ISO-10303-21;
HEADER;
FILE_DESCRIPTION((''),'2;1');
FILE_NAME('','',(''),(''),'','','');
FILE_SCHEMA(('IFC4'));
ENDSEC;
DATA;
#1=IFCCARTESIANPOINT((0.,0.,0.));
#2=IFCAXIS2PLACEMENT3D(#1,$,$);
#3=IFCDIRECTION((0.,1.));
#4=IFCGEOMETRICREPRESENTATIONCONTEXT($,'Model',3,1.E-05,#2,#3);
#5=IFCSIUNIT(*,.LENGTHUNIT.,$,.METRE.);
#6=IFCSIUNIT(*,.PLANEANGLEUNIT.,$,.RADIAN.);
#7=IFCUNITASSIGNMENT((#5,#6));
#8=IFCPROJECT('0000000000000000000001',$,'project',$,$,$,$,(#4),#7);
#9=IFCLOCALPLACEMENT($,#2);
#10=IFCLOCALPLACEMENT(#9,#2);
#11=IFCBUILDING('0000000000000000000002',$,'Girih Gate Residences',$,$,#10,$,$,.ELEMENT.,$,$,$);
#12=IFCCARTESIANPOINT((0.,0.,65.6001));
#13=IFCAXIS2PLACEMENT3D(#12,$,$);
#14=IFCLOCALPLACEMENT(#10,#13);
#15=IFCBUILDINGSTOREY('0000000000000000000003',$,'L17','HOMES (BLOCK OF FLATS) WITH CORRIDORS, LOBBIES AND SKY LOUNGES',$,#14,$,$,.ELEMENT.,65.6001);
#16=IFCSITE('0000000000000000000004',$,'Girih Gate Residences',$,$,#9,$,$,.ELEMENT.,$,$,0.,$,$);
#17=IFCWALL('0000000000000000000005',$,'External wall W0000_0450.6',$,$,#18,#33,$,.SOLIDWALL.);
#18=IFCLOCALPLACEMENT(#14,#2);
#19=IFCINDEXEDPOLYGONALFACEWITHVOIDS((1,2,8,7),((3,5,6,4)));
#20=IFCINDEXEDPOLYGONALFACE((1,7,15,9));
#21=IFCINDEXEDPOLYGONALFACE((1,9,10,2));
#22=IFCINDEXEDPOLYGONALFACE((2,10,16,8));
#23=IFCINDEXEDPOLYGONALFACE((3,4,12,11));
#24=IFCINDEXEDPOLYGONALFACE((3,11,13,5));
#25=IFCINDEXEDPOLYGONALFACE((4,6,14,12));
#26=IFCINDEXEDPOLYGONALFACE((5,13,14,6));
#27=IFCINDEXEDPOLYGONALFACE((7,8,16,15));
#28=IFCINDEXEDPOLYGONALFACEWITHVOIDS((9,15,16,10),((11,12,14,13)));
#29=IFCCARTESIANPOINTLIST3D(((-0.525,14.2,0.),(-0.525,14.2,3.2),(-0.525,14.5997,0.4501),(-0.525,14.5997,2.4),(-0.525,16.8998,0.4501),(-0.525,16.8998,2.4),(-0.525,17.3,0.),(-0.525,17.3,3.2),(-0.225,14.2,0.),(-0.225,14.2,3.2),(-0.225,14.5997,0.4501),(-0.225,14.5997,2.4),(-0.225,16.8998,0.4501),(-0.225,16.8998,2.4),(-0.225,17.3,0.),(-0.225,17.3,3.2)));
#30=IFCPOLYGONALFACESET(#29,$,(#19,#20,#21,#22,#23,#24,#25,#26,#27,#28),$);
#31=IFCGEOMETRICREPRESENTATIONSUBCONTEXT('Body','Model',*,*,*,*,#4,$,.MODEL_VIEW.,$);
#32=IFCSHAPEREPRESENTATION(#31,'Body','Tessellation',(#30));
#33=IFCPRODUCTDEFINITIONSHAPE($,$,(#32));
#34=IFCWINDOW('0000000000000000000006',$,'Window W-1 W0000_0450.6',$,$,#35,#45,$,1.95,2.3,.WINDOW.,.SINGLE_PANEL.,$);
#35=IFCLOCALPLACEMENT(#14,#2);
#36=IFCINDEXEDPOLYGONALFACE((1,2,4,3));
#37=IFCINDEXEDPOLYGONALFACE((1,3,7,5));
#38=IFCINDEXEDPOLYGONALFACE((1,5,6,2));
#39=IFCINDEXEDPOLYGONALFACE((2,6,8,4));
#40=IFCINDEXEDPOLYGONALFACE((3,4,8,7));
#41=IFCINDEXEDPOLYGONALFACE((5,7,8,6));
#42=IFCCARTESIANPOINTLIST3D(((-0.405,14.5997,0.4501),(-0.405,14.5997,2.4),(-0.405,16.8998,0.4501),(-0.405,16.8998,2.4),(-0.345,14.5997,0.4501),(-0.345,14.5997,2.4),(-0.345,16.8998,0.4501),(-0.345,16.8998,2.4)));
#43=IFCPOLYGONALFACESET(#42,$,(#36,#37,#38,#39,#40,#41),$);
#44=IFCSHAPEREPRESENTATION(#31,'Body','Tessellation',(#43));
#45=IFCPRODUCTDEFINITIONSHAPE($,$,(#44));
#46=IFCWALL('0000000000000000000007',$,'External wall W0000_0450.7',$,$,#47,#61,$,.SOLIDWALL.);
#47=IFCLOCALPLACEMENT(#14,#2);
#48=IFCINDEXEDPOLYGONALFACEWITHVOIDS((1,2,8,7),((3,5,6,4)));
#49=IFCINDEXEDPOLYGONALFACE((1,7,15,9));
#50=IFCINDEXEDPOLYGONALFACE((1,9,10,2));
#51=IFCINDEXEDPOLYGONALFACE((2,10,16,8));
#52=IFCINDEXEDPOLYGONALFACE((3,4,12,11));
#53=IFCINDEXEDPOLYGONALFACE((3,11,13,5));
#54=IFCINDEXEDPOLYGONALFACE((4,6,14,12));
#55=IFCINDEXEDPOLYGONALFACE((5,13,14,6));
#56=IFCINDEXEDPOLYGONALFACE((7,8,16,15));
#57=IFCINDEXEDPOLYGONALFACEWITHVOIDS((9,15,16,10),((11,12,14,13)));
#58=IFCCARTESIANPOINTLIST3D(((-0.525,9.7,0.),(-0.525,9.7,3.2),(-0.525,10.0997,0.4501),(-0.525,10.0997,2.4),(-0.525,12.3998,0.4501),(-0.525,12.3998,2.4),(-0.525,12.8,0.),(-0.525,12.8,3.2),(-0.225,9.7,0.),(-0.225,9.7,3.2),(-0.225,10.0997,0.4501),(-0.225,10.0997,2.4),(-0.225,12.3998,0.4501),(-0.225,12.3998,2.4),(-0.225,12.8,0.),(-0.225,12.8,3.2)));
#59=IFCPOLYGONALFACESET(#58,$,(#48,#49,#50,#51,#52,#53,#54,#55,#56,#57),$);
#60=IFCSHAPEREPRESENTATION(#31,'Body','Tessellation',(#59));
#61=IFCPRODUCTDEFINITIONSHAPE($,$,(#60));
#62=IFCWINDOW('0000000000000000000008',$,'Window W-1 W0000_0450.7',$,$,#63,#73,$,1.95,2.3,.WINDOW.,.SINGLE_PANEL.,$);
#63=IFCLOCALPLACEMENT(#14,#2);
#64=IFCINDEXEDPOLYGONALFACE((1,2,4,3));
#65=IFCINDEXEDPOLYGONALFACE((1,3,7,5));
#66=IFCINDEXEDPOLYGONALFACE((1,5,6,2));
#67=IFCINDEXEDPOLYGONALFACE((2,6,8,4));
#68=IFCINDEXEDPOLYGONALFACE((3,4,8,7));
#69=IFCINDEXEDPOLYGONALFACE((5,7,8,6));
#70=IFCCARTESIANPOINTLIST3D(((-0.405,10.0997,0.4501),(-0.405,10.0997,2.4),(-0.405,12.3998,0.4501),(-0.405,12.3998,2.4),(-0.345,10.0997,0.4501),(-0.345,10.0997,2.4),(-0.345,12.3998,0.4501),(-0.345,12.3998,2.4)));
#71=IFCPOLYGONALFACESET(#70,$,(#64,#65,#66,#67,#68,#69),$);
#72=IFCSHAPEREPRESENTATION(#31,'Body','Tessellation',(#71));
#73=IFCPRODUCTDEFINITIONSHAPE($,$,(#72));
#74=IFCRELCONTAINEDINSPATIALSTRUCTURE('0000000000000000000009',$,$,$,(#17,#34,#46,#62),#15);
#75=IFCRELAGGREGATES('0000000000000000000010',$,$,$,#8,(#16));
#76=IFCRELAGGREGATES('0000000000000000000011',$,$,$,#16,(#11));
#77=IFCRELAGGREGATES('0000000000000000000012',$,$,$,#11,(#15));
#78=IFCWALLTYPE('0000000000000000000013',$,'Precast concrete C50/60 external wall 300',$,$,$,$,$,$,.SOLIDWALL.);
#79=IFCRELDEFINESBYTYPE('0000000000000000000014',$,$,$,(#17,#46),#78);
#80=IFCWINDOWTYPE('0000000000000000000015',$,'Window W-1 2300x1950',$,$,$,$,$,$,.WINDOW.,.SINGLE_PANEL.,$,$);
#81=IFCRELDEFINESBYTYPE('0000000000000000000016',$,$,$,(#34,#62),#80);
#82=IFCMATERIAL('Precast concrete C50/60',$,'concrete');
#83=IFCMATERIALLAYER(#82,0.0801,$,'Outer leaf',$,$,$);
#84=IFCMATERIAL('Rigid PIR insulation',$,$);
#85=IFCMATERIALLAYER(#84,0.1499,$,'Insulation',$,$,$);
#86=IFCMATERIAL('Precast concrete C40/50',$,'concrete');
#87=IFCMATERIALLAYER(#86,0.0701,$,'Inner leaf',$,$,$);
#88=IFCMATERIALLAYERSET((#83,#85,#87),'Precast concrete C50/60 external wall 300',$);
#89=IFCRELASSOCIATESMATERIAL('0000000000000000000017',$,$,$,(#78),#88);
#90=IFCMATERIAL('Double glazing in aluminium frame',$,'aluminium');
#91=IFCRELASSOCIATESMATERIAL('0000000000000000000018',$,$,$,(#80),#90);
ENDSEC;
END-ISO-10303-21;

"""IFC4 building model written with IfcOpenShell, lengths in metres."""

from ifc_helpers import new_model, si_unit, direction, frame, frame_2d, origin, place, context, subcontext, project, spatial, rectangle, extrude, material, layer, layer_set, type_object, element, fill, save


model = new_model("IFC4")

# Units and contexts
model_context = context("Model", 3, precision=1e-05, world=origin(), true_north=direction((0.0, 1.0)))
body_context = subcontext(model_context, "Body", "Model", "MODEL_VIEW")
ifc_project = project(units=[si_unit("LENGTHUNIT", "METRE"), si_unit("PLANEANGLEUNIT", "RADIAN")], contexts=[model_context])

# Site, building, storey
site_placement = place(None, origin())
site = spatial("IfcSite", under=ifc_project, at=site_placement, Name="Girih Gate Residences", CompositionType="ELEMENT", RefElevation=0.0)
building_placement = place(site_placement, origin())
building = spatial("IfcBuilding", under=site, at=building_placement, Name="Girih Gate Residences", CompositionType="ELEMENT")
storey_placement = place(building_placement, frame((0.0, 0.0, 65.6001)))
storey = spatial("IfcBuildingStorey", under=building, at=storey_placement, Name="L17", Description="HOMES (BLOCK OF FLATS) WITH CORRIDORS, LOBBIES AND SKY LOUNGES", CompositionType="ELEMENT", Elevation=65.6001)

# Walls, openings, windows
ifc_material_1 = material(Name="Precast concrete C50/60", Category="concrete")
ifc_layer_1 = layer(ifc_material_1, 0.0801, Name="Outer leaf")
ifc_material_2 = material(Name="Rigid PIR insulation")
ifc_layer_2 = layer(ifc_material_2, 0.1499, Name="Insulation")
ifc_material_3 = material(Name="Precast concrete C40/50", Category="concrete")
ifc_layer_3 = layer(ifc_material_3, 0.0701, Name="Inner leaf")
ifc_layer_set_1 = layer_set([ifc_layer_1, ifc_layer_2, ifc_layer_3], Name="Precast concrete C50/60 external wall 300")
wall_type_1 = type_object("IfcWallType", Name="Precast concrete C50/60 external wall 300", PredefinedType="SOLIDWALL", material=ifc_layer_set_1)
ifc_material_4 = material(Name="Double glazing in aluminium frame", Category="aluminium")
window_type = type_object("IfcWindowType", Name="Window W-1 2300x1950", PartitioningType="SINGLE_PANEL", PredefinedType="WINDOW", material=ifc_material_4)
wall_1_placement = place(storey_placement, frame((-0.375, 14.2, 0.0), z_axis=(0.0, 0.0, 1.0), x_axis=(0.0, 1.0, 0.0)))
wall_1 = element("IfcWall", 1, at=wall_1_placement, inside=storey, type_object=wall_type_1, Name="External wall W0000_0450.6", PredefinedType="SOLIDWALL", context=body_context, shape_type="SweptSolid", body=[
    extrude(rectangle(XDim=3.1001, YDim=0.3, at=frame_2d((1.55, 0.0))), origin(), (0.0, 0.0, 1.0), 3.2),
])
opening_1_placement = place(wall_1_placement, frame((0.3999, 0.0, 0.45)))
opening_1 = element("IfcOpeningElement", 2, at=opening_1_placement, cuts=wall_1, PredefinedType="OPENING", context=body_context, shape_type="SweptSolid", body=[
    extrude(rectangle(XDim=2.3, YDim=1.95, at=frame_2d((1.1499, 0.9751))), frame((0.0, 0.1599, 0.0), z_axis=(0.0, -1.0, 0.0), x_axis=(1.0, 0.0, 0.0)), (0.0, 0.0, 1.0), 0.3201),
])
window_1_placement = place(opening_1_placement, origin())
window_1 = element("IfcWindow", 3, at=window_1_placement, inside=storey, type_object=window_type, Name="Window W-1 W0000_0450.6", OverallHeight=1.95, OverallWidth=2.3, PartitioningType="SINGLE_PANEL", PredefinedType="WINDOW", context=body_context, shape_type="SweptSolid", body=[
    extrude(rectangle(XDim=2.3, YDim=1.95, at=frame_2d((1.1499, 0.9751))), frame((0.0, 0.03, 0.0), z_axis=(0.0, -1.0, 0.0), x_axis=(1.0, 0.0, 0.0)), (0.0, 0.0, 1.0), 0.0601),
])
fill(opening_1, window_1)
wall_2_placement = place(storey_placement, frame((-0.375, 9.7, 0.0), z_axis=(0.0, 0.0, 1.0), x_axis=(0.0, 1.0, 0.0)))
wall_2 = element("IfcWall", 4, at=wall_2_placement, inside=storey, type_object=wall_type_1, Name="External wall W0000_0450.7", PredefinedType="SOLIDWALL", context=body_context, shape_type="SweptSolid", body=[
    extrude(rectangle(XDim=3.1001, YDim=0.3, at=frame_2d((1.55, 0.0))), origin(), (0.0, 0.0, 1.0), 3.2),
])
opening_2_placement = place(wall_2_placement, frame((0.3999, 0.0, 0.45)))
opening_2 = element("IfcOpeningElement", 5, at=opening_2_placement, cuts=wall_2, PredefinedType="OPENING", context=body_context, shape_type="SweptSolid", body=[
    extrude(rectangle(XDim=2.3, YDim=1.95, at=frame_2d((1.1499, 0.9751))), frame((0.0, 0.1599, 0.0), z_axis=(0.0, -1.0, 0.0), x_axis=(1.0, 0.0, 0.0)), (0.0, 0.0, 1.0), 0.3201),
])
window_2_placement = place(opening_2_placement, origin())
window_2 = element("IfcWindow", 6, at=window_2_placement, inside=storey, type_object=window_type, Name="Window W-1 W0000_0450.7", OverallHeight=1.95, OverallWidth=2.3, PartitioningType="SINGLE_PANEL", PredefinedType="WINDOW", context=body_context, shape_type="SweptSolid", body=[
    extrude(rectangle(XDim=2.3, YDim=1.95, at=frame_2d((1.1499, 0.9751))), frame((0.0, 0.03, 0.0), z_axis=(0.0, -1.0, 0.0), x_axis=(1.0, 0.0, 0.0)), (0.0, 0.0, 1.0), 0.0601),
])
fill(opening_2, window_2)

save(model, "model.ifc")
